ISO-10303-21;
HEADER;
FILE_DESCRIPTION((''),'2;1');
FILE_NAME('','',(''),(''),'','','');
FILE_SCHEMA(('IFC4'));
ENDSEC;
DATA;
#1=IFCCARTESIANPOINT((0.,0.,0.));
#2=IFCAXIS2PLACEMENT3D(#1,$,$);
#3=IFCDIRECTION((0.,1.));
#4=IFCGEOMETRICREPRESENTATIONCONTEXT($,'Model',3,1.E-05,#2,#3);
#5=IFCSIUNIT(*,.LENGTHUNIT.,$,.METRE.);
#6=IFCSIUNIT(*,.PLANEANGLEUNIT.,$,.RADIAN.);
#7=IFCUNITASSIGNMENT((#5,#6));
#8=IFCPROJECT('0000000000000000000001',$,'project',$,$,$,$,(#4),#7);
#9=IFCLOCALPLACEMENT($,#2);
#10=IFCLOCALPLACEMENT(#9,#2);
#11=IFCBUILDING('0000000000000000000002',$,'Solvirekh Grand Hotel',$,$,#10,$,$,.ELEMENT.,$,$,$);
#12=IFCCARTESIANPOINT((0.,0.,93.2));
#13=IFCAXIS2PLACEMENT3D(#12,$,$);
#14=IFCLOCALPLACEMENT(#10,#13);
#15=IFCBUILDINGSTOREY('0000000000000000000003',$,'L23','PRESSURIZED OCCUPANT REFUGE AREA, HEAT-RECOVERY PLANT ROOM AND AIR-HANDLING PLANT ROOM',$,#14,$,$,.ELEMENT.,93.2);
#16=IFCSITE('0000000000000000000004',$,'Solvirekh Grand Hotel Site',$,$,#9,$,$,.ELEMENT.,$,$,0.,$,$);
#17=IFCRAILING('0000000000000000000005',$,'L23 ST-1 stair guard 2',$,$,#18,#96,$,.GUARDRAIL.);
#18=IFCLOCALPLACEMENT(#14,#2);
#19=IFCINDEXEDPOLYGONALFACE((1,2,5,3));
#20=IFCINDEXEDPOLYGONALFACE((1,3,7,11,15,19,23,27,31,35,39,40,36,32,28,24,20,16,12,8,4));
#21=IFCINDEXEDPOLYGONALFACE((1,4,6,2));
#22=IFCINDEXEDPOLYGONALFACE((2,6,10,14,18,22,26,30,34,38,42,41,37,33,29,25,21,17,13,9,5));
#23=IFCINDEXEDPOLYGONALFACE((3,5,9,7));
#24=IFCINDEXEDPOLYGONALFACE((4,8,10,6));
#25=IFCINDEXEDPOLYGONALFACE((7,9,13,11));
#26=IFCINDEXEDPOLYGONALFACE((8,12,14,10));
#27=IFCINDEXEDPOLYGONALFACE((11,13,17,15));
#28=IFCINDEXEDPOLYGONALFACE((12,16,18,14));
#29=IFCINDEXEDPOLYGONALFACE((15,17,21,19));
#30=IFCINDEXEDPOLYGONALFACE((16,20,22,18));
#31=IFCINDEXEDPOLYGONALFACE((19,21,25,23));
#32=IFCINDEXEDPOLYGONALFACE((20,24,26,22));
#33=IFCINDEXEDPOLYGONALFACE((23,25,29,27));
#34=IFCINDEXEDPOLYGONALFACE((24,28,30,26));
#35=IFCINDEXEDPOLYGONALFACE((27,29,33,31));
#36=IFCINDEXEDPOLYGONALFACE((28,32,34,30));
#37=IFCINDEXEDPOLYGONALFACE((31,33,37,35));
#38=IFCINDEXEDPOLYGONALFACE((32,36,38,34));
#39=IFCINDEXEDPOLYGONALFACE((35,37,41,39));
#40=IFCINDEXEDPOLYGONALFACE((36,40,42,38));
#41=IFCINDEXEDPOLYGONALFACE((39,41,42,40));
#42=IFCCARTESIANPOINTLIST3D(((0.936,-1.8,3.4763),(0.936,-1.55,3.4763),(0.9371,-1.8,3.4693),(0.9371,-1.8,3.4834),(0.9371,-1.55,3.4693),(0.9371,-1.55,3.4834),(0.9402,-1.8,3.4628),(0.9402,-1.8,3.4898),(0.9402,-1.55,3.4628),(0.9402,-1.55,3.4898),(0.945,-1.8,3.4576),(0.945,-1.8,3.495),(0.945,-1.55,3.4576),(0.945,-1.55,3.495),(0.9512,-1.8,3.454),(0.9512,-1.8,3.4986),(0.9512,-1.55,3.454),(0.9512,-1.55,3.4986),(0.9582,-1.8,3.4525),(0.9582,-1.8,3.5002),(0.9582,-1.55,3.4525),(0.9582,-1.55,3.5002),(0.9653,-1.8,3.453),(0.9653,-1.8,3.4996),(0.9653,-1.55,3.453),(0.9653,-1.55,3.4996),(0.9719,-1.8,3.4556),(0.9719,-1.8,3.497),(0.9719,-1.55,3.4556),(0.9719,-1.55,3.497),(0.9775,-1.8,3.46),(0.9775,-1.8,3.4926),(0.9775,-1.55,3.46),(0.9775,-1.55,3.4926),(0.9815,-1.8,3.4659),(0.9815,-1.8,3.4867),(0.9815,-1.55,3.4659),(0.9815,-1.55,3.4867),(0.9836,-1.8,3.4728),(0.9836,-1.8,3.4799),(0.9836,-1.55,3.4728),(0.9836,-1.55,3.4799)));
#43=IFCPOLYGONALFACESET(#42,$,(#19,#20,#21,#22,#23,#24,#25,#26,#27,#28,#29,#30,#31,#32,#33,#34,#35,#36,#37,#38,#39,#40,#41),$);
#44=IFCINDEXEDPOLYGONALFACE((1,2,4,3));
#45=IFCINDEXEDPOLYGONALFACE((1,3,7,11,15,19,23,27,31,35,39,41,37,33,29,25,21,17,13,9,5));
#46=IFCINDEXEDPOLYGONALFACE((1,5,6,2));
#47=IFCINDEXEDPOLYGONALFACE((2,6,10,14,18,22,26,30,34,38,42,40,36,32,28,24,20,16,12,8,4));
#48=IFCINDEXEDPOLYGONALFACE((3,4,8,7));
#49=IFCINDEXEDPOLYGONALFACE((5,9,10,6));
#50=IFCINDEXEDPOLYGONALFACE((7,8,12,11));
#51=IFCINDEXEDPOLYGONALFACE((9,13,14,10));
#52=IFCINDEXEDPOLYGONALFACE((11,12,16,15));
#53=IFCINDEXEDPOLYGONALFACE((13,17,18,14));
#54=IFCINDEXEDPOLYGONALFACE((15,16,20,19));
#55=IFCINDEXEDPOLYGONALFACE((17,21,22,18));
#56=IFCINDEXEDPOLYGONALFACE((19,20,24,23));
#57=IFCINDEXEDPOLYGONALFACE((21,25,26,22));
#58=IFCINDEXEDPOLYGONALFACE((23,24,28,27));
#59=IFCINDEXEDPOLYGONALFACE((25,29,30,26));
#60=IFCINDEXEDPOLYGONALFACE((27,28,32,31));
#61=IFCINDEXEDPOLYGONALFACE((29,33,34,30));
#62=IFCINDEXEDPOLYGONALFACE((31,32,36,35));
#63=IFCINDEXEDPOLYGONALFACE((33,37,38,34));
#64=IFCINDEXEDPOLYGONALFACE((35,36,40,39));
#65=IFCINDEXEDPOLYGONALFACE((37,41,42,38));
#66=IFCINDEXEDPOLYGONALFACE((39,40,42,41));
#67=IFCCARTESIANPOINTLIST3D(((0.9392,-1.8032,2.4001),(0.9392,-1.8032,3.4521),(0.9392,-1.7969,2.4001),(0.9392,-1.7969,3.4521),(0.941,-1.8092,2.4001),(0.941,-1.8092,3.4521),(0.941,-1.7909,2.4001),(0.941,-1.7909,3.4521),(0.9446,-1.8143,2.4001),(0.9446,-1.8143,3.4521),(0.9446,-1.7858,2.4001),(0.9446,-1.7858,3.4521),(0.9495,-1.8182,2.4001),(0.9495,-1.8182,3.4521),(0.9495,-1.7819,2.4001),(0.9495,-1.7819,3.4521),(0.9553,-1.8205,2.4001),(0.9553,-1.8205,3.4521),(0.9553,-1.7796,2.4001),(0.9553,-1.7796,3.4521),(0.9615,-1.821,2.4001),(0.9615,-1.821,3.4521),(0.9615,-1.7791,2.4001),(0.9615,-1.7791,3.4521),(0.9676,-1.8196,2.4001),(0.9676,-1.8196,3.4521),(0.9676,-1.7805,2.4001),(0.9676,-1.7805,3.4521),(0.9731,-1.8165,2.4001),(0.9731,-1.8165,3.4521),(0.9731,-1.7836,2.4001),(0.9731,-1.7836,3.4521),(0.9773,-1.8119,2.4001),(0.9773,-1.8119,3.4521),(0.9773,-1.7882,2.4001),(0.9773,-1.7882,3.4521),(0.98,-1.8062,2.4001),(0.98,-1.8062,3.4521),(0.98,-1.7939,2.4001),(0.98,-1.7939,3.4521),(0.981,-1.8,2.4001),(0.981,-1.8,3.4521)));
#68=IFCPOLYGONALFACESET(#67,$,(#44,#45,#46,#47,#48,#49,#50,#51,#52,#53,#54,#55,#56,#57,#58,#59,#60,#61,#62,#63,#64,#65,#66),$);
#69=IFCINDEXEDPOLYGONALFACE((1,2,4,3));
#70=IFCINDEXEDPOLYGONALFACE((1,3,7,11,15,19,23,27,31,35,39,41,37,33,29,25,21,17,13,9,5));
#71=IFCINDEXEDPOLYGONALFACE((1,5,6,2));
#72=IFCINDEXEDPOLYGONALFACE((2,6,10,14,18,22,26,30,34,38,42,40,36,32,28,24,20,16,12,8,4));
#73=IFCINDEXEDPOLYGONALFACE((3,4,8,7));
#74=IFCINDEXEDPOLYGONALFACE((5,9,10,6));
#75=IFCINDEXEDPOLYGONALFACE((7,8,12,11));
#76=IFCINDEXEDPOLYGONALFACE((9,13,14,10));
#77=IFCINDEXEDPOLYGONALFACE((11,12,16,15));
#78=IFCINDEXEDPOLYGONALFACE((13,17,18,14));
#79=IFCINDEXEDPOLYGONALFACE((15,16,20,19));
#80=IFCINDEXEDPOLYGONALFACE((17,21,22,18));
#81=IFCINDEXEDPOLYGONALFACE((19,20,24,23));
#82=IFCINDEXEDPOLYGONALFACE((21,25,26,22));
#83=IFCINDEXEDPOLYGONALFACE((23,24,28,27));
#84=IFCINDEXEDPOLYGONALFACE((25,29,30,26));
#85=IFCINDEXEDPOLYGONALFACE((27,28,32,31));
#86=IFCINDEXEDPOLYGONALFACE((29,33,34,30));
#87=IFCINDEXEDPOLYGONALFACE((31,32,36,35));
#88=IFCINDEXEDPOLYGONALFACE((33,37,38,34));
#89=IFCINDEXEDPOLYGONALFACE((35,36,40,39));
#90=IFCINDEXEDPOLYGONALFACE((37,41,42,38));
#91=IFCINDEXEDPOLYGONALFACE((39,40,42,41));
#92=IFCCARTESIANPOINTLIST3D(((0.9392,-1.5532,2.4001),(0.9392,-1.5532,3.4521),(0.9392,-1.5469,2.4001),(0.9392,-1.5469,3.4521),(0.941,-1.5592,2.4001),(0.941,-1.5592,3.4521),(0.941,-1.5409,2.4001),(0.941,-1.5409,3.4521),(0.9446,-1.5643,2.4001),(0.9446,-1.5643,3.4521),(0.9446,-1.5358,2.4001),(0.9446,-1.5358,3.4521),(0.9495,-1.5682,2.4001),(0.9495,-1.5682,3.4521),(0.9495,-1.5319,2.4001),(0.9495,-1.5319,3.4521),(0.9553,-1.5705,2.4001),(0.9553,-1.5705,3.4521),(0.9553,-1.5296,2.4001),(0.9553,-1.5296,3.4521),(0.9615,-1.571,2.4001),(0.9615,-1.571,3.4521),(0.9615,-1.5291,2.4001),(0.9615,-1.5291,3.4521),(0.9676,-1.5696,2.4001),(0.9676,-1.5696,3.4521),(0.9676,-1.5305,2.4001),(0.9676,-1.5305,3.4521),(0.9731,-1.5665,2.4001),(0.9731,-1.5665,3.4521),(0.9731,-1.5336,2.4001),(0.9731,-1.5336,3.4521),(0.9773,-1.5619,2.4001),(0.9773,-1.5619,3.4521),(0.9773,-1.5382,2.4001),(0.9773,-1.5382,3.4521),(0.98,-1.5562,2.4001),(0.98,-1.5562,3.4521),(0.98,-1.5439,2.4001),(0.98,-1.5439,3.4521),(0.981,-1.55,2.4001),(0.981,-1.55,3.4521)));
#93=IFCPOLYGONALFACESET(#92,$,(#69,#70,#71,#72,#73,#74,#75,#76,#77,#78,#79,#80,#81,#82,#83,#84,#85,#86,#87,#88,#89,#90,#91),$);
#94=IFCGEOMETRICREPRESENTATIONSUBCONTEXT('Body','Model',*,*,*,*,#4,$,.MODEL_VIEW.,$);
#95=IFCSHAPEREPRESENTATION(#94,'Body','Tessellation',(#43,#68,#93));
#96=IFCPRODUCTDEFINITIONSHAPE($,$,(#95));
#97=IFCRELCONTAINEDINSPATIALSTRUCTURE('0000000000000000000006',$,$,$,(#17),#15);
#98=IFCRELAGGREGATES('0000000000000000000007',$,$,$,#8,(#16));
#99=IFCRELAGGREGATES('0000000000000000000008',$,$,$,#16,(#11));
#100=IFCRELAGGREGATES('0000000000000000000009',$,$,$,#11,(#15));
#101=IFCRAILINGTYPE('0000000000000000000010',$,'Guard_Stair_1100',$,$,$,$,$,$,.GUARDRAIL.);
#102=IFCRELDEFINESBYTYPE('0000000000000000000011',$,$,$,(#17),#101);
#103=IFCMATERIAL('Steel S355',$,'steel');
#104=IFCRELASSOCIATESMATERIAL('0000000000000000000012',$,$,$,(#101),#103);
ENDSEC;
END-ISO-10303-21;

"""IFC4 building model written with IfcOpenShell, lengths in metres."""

from ifc_helpers import new_model, si_unit, direction, frame, origin, origin_2d, place, context, subcontext, project, spatial, circle, extrude, material, type_object, element, save


model = new_model("IFC4")

# Units and contexts
model_context = context("Model", 3, precision=1e-05, world=origin(), true_north=direction((0.0, 1.0)))
body_context = subcontext(model_context, "Body", "Model", "MODEL_VIEW")
ifc_project = project(units=[si_unit("LENGTHUNIT", "METRE"), si_unit("PLANEANGLEUNIT", "RADIAN")], contexts=[model_context])

# Site, building, storey
site_placement = place(None, origin())
site = spatial("IfcSite", under=ifc_project, at=site_placement, Name="Solvirekh Grand Hotel Site", CompositionType="ELEMENT", RefElevation=0.0)
building_placement = place(site_placement, origin())
building = spatial("IfcBuilding", under=site, at=building_placement, Name="Solvirekh Grand Hotel", CompositionType="ELEMENT")
storey_placement = place(building_placement, frame((0.0, 0.0, 93.2)))
storey = spatial("IfcBuildingStorey", under=building, at=storey_placement, Name="L23", Description="PRESSURIZED OCCUPANT REFUGE AREA, HEAT-RECOVERY PLANT ROOM AND AIR-HANDLING PLANT ROOM", CompositionType="ELEMENT", Elevation=93.2)

# Shared definitions
ifc_material_1 = material(Name="Steel S355", Category="steel")

# Railing
railing_type_1 = type_object("IfcRailingType", Name="Guard_Stair_1100", PredefinedType="GUARDRAIL", material=ifc_material_1)
railing_1_placement = place(storey_placement, frame((0.96, -1.8, 2.4001)))
element("IfcRailing", 1, at=railing_1_placement, inside=storey, type_object=railing_type_1, Name="L23 ST-1 stair guard 2", PredefinedType="GUARDRAIL", context=body_context, shape_type="SweptSolid", body=[
    extrude(circle(Radius=0.0239, at=origin_2d()), frame((0.0, 0.0, 1.0762), z_axis=(0.0, 1.0, 0.0), x_axis=(-1.0, 0.0, 0.0)), (0.0, 0.0, 1.0), 0.25),
    extrude(circle(Radius=0.021, at=origin_2d()), origin(), (0.0, 0.0, 1.0), 1.052),
    extrude(circle(Radius=0.021, at=origin_2d()), frame((0.0, 0.25, 0.0)), (0.0, 0.0, 1.0), 1.052),
])

save(model, "model.ifc")
